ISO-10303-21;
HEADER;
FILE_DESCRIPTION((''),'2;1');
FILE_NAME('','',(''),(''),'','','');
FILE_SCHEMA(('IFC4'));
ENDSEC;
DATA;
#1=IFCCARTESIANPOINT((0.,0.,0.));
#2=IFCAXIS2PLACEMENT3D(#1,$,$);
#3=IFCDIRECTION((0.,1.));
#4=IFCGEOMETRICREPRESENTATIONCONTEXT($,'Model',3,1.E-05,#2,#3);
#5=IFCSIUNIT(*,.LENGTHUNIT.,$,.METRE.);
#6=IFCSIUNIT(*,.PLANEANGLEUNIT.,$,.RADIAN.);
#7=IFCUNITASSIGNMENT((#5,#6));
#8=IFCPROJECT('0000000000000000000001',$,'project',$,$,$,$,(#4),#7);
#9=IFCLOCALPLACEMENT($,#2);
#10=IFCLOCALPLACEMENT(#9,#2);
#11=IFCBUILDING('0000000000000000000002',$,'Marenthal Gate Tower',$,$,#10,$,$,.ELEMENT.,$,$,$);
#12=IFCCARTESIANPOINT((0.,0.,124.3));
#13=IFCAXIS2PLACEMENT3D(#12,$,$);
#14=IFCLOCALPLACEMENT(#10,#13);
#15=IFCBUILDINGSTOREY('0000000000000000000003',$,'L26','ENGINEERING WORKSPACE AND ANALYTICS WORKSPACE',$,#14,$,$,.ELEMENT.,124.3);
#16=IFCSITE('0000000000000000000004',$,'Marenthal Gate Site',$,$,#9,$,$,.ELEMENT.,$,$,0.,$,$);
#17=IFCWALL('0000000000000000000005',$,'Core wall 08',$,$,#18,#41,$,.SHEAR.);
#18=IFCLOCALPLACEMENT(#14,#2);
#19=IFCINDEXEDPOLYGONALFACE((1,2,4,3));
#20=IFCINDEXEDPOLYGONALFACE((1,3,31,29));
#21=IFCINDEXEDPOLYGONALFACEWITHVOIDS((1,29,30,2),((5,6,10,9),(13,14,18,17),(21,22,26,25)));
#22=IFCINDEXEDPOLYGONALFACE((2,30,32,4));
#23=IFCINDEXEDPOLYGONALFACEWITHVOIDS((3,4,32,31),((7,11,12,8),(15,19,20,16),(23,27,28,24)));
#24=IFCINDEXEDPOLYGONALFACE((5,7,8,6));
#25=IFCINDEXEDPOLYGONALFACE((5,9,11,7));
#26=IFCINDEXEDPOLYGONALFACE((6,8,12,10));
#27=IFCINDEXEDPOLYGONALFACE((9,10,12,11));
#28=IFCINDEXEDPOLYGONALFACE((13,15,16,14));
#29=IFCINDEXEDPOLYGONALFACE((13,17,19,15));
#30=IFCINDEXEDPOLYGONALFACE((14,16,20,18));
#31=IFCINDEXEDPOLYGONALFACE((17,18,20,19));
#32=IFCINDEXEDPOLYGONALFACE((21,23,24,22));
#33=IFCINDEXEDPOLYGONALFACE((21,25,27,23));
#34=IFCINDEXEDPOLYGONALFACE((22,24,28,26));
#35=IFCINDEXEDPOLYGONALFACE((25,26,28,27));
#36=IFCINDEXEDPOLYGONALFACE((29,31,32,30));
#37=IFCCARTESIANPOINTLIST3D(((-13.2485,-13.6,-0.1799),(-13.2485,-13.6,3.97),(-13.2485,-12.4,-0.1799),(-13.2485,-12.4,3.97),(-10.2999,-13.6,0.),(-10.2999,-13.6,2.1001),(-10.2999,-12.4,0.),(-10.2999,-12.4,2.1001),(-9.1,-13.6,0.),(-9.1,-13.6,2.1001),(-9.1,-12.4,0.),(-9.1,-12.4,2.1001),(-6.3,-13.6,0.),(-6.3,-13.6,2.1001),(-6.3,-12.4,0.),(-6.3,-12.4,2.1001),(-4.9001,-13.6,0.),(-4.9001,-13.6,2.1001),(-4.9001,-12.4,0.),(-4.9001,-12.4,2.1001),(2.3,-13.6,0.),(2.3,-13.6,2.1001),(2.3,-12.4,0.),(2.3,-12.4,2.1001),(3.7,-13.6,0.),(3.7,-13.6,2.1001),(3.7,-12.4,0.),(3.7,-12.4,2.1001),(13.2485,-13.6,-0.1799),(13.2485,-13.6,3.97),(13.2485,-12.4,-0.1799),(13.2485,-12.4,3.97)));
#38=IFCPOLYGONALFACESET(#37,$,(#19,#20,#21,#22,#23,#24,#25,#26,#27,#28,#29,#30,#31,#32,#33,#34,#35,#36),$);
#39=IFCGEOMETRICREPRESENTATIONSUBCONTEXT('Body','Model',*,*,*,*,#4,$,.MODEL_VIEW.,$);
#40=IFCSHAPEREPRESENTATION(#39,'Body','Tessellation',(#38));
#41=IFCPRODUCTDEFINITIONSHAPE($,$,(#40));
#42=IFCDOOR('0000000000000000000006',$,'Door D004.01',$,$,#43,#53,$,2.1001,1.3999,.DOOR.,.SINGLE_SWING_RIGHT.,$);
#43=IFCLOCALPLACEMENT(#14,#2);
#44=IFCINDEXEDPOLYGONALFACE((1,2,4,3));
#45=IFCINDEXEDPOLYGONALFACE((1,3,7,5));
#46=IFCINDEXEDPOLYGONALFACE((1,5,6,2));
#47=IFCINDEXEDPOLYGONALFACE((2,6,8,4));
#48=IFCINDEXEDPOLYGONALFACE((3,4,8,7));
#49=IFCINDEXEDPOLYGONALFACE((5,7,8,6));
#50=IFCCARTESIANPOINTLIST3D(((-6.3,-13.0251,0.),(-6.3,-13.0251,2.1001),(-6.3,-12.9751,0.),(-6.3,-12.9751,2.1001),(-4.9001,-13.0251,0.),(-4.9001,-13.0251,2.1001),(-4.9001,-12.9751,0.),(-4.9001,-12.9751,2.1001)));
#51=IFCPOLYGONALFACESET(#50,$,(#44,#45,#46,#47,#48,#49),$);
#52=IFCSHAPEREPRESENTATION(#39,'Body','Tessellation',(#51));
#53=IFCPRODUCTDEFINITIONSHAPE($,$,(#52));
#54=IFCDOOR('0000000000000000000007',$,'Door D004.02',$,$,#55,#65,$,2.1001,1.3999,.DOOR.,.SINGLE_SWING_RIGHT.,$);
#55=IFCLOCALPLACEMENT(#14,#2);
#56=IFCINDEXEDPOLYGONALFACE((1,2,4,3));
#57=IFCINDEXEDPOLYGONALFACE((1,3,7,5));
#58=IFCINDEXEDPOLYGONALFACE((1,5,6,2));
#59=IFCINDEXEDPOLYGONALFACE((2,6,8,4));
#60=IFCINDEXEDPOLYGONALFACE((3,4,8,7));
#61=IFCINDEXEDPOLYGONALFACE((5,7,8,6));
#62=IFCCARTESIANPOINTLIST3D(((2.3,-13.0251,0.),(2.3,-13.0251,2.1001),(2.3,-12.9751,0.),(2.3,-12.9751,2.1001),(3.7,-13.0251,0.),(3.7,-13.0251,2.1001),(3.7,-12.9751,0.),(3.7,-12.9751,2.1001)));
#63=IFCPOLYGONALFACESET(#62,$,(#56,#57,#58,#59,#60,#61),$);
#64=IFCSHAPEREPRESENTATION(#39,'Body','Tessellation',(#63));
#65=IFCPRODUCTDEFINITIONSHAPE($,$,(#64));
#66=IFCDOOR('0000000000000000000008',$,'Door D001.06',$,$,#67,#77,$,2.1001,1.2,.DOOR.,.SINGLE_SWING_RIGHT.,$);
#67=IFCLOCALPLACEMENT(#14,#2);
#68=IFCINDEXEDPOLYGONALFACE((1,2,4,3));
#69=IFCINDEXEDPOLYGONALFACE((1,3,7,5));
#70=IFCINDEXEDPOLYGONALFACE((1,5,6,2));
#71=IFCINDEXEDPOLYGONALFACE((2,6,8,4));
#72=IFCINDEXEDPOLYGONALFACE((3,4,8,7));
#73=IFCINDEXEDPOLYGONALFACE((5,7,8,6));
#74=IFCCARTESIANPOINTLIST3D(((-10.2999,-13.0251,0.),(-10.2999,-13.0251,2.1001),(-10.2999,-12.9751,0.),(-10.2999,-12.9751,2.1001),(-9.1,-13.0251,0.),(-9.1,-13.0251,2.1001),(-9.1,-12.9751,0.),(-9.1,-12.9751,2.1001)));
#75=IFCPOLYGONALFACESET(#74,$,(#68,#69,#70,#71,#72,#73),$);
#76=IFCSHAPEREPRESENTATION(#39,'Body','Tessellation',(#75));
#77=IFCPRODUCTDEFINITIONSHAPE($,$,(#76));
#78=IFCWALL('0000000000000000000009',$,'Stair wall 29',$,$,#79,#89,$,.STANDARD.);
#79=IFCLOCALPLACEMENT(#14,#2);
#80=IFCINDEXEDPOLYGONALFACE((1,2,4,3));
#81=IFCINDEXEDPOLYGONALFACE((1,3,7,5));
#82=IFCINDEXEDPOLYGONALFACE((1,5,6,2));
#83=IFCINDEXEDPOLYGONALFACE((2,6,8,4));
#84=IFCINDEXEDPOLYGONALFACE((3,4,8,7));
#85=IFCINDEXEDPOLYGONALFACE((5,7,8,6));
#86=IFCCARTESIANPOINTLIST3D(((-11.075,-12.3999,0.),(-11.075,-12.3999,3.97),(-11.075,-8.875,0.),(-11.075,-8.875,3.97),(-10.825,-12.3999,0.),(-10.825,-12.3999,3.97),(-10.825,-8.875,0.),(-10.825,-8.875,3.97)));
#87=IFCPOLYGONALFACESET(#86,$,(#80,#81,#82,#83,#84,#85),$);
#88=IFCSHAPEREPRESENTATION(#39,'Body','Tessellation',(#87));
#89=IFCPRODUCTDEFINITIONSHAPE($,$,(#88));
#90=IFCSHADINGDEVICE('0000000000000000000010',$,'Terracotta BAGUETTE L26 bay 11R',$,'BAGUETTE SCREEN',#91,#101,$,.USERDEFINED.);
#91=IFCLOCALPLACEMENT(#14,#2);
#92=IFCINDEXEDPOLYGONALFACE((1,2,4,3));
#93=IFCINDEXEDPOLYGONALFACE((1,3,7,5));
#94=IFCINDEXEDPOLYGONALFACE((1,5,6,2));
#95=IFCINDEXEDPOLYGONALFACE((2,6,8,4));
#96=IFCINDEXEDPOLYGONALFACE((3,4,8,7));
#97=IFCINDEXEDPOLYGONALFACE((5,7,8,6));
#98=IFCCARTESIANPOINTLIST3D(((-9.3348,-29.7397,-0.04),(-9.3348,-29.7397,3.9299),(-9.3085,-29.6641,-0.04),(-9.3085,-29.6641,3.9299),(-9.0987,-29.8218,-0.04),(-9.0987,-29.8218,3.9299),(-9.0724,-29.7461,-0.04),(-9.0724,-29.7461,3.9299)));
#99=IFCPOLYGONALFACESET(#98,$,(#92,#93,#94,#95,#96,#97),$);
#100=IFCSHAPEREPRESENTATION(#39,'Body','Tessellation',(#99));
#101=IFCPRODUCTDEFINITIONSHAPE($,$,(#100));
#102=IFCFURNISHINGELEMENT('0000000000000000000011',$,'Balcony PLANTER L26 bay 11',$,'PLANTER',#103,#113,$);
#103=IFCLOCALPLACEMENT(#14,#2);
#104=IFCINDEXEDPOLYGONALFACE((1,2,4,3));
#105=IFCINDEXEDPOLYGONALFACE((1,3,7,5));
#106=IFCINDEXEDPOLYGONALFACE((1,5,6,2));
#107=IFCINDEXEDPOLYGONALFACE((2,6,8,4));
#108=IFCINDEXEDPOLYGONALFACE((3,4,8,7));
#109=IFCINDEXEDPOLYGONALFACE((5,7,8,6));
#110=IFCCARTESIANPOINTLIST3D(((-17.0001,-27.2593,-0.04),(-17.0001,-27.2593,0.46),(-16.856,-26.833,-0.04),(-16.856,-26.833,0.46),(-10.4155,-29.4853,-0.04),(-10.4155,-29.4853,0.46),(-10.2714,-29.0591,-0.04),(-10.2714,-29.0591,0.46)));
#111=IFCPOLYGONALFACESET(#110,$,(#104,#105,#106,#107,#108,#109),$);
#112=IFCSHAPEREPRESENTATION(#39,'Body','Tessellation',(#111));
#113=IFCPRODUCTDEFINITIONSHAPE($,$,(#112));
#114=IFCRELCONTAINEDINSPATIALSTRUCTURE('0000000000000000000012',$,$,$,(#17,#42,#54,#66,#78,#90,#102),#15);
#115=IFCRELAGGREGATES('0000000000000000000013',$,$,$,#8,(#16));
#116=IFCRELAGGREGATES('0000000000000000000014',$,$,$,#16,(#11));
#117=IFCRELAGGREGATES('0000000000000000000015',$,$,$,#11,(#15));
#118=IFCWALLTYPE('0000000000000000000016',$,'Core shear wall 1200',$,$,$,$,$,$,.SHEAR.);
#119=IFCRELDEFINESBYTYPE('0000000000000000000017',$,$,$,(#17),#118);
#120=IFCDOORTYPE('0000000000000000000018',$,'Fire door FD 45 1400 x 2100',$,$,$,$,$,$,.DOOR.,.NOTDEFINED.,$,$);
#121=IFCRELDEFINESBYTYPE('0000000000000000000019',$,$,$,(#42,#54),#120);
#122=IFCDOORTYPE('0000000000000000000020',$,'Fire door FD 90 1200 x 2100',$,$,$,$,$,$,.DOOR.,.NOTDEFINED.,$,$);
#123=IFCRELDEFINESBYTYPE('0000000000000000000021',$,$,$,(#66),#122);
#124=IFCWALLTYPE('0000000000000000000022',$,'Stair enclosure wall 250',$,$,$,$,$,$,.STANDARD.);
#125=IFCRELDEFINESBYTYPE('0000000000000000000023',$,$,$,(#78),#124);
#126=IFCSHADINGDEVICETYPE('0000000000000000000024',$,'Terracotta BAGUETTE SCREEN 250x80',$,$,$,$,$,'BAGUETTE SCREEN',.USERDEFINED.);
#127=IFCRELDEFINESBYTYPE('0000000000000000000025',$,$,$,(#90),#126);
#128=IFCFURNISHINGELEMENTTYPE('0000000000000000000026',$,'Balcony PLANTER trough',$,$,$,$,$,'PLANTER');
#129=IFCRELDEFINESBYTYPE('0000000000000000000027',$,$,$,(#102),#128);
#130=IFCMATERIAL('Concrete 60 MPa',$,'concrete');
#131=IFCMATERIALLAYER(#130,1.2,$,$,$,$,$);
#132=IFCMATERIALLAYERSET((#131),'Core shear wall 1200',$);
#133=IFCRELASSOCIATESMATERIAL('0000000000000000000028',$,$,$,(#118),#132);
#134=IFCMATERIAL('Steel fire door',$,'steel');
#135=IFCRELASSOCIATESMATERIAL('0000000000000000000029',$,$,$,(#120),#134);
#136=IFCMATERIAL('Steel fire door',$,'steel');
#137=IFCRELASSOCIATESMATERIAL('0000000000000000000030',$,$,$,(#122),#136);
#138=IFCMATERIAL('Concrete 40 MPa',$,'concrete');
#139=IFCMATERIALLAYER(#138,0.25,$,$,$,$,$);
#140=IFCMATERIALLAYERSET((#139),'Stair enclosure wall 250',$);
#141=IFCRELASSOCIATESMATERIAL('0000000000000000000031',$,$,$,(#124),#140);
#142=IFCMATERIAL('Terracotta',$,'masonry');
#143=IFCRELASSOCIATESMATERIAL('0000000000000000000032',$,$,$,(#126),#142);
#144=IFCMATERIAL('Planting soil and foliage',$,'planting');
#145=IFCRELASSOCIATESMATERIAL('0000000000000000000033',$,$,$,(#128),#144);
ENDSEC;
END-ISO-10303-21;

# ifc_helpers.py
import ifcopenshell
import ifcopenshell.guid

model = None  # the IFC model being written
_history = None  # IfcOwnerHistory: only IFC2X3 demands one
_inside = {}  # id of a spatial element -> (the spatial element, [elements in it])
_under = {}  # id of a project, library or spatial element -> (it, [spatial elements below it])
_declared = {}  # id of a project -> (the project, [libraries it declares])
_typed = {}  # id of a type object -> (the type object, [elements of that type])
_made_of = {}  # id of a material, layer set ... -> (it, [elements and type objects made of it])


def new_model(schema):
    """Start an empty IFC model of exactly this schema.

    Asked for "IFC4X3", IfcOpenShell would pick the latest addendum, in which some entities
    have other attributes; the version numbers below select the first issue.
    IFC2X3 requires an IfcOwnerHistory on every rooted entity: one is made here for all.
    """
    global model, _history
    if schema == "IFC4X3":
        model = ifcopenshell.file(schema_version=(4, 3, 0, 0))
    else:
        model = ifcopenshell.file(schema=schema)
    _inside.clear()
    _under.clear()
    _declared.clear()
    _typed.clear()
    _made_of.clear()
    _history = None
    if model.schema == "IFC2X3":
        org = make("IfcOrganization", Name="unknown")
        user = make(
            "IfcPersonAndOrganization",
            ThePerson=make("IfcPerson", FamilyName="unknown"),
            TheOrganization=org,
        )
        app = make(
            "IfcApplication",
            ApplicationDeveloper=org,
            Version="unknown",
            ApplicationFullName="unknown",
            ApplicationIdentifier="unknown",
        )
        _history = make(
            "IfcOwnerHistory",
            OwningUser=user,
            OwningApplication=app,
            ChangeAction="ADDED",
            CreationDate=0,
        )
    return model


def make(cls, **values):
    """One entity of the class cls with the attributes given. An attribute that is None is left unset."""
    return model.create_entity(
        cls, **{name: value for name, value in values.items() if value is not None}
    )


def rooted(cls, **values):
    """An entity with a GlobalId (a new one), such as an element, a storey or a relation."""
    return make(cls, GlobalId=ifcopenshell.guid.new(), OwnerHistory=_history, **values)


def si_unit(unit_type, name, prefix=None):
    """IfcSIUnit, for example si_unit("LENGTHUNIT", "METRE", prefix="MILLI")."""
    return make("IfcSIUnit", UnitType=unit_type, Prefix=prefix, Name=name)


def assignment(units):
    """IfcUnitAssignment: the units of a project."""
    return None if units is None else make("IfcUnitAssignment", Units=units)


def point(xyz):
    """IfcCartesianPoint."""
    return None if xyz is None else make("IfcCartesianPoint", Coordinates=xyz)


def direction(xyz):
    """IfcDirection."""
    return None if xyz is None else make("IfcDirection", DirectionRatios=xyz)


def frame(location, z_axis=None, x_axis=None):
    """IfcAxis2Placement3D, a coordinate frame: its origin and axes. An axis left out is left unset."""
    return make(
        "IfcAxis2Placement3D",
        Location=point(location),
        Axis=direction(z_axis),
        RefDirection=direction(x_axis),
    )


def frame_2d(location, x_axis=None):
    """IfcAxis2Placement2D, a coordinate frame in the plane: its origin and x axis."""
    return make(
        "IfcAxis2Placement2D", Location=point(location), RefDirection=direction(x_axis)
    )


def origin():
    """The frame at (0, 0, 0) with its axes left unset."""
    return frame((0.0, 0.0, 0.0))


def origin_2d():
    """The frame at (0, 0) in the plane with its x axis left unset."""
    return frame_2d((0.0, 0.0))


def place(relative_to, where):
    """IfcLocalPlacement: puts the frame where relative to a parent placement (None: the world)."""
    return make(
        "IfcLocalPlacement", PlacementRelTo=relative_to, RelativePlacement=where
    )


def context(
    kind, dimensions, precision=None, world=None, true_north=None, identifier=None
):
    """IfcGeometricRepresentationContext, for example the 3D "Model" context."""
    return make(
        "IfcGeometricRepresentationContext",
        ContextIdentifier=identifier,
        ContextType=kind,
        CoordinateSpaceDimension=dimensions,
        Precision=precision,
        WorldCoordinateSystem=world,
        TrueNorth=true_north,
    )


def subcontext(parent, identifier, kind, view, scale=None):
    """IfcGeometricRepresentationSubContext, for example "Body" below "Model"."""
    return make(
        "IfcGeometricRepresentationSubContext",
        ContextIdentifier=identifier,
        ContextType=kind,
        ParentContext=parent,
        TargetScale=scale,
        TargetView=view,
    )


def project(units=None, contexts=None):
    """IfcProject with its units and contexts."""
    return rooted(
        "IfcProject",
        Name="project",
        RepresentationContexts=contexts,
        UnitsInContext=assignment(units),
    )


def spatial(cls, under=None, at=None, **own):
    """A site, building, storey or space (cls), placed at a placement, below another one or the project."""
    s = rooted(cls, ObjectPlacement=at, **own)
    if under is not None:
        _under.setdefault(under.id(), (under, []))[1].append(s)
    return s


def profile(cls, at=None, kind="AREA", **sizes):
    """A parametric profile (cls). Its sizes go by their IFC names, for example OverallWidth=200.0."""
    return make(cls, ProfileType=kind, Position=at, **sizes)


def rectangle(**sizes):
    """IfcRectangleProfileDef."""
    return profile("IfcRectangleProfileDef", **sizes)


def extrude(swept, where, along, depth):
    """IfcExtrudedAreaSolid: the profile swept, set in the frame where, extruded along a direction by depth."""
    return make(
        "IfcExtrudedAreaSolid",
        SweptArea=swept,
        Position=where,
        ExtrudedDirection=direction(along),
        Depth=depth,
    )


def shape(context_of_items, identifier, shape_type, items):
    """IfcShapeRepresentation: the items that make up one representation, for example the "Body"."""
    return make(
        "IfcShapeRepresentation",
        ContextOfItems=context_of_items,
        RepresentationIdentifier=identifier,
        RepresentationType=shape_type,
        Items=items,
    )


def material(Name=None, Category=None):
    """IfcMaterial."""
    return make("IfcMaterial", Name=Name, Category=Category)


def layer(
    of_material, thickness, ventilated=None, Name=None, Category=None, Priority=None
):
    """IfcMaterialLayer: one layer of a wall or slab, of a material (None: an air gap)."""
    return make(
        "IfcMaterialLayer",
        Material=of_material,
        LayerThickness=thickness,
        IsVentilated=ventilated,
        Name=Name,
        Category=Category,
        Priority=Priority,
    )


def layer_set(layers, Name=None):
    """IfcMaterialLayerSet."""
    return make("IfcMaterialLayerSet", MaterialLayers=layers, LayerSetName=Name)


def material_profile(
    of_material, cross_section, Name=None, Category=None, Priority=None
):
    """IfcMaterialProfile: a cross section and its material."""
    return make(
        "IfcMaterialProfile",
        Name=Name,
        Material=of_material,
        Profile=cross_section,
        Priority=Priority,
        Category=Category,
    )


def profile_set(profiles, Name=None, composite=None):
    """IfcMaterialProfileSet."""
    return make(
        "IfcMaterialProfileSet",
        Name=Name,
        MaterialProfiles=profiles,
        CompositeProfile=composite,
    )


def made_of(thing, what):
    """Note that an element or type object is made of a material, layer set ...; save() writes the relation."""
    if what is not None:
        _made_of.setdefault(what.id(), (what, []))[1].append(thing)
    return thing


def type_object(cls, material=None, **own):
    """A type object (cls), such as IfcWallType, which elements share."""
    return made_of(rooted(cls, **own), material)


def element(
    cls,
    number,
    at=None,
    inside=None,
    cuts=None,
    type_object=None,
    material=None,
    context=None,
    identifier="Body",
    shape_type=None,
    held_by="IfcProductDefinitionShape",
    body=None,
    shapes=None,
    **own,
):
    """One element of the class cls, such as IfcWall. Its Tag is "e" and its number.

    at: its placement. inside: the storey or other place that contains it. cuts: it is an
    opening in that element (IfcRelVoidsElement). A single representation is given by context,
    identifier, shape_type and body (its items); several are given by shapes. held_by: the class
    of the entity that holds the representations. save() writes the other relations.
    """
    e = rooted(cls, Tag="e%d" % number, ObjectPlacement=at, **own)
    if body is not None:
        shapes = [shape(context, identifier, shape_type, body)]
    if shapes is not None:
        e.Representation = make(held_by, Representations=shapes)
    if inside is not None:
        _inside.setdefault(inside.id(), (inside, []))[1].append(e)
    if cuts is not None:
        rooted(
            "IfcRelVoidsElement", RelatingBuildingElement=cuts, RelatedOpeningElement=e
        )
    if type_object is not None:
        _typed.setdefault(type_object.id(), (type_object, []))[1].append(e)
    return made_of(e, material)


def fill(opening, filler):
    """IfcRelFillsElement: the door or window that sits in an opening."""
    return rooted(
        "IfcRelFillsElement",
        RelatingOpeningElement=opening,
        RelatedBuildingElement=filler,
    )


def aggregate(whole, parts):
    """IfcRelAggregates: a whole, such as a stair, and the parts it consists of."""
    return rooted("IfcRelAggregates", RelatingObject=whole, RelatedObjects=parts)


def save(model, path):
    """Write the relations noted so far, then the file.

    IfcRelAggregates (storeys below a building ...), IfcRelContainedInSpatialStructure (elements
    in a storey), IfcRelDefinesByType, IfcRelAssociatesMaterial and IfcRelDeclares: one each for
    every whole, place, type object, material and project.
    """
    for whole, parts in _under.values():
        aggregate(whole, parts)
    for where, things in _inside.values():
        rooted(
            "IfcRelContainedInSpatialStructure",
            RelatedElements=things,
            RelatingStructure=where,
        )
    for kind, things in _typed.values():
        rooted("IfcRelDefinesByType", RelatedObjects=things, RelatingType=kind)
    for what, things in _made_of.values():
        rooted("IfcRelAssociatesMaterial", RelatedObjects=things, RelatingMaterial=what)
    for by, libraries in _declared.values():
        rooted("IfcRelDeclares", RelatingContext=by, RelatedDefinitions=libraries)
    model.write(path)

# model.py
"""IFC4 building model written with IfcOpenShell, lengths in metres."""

from ifc_helpers import new_model, si_unit, direction, frame, frame_2d, origin, origin_2d, place, context, subcontext, project, spatial, rectangle, extrude, material, layer, layer_set, material_profile, profile_set, type_object, element, fill, save


model = new_model("IFC4")

# Units and contexts
model_context = context("Model", 3, precision=1e-05, world=origin(), true_north=direction((0.0, 1.0)))
body_context = subcontext(model_context, "Body", "Model", "MODEL_VIEW")
ifc_project = project(units=[si_unit("LENGTHUNIT", "METRE"), si_unit("PLANEANGLEUNIT", "RADIAN")], contexts=[model_context])

# Site, building, storey
site_placement = place(None, origin())
site = spatial("IfcSite", under=ifc_project, at=site_placement, Name="Marenthal Gate Site", CompositionType="ELEMENT", RefElevation=0.0)
building_placement = place(site_placement, origin())
building = spatial("IfcBuilding", under=site, at=building_placement, Name="Marenthal Gate Tower", CompositionType="ELEMENT")
storey_placement = place(building_placement, frame((0.0, 0.0, 124.3)))
storey = spatial("IfcBuildingStorey", under=building, at=storey_placement, Name="L26", Description="ENGINEERING WORKSPACE AND ANALYTICS WORKSPACE", CompositionType="ELEMENT", Elevation=124.3)

# Wall, openings, doors
ifc_material_1 = material(Name="Concrete 60 MPa", Category="concrete")
ifc_layer_1 = layer(ifc_material_1, 1.2)
ifc_layer_set_1 = layer_set([ifc_layer_1], Name="Core shear wall 1200")
wall_type_1 = type_object("IfcWallType", Name="Core shear wall 1200", PredefinedType="SHEAR", material=ifc_layer_set_1)
wall_1_placement = place(storey_placement, frame((-13.2485, -13.0, -0.1799), z_axis=(0.0, 0.0, 1.0), x_axis=(1.0, 0.0, 0.0)))
wall_1 = element("IfcWall", 1, at=wall_1_placement, inside=storey, type_object=wall_type_1, Name="Core wall 08", PredefinedType="SHEAR", context=body_context, shape_type="SweptSolid", body=[
    extrude(rectangle(XDim=26.4971, YDim=1.2, at=frame_2d((13.2485, 0.0))), origin(), (0.0, 0.0, 1.0), 4.1499),
])
opening_1_placement = place(wall_1_placement, frame((2.9485, 0.0, 0.1799)))
opening_1 = element("IfcOpeningElement", 2, at=opening_1_placement, cuts=wall_1, PredefinedType="OPENING", context=body_context, shape_type="SweptSolid", body=[
    extrude(rectangle(XDim=1.2, YDim=2.1001, at=frame_2d((0.6001, 1.05))), frame((0.0, 0.6099, 0.0), z_axis=(0.0, -1.0, 0.0), x_axis=(1.0, 0.0, 0.0)), (0.0, 0.0, 1.0), 1.22),
])
opening_2_placement = place(wall_1_placement, frame((6.9485, 0.0, 0.1799)))
opening_2 = element("IfcOpeningElement", 3, at=opening_2_placement, cuts=wall_1, PredefinedType="OPENING", context=body_context, shape_type="SweptSolid", body=[
    extrude(rectangle(XDim=1.3999, YDim=2.1001, at=frame_2d((0.7, 1.05))), frame((0.0, 0.6099, 0.0), z_axis=(0.0, -1.0, 0.0), x_axis=(1.0, 0.0, 0.0)), (0.0, 0.0, 1.0), 1.22),
])
opening_3_placement = place(wall_1_placement, frame((15.5486, 0.0, 0.1799)))
opening_3 = element("IfcOpeningElement", 4, at=opening_3_placement, cuts=wall_1, PredefinedType="OPENING", context=body_context, shape_type="SweptSolid", body=[
    extrude(rectangle(XDim=1.3999, YDim=2.1001, at=frame_2d((0.7, 1.05))), frame((0.0, 0.6099, 0.0), z_axis=(0.0, -1.0, 0.0), x_axis=(1.0, 0.0, 0.0)), (0.0, 0.0, 1.0), 1.22),
])
ifc_material_2 = material(Name="Steel fire door", Category="steel")
door_type_1 = type_object("IfcDoorType", Name="Fire door FD 45 1400 x 2100", OperationType="NOTDEFINED", PredefinedType="DOOR", material=ifc_material_2)
door_1_placement = place(opening_2_placement, origin())
door_1 = element("IfcDoor", 5, at=door_1_placement, inside=storey, type_object=door_type_1, Name="Door D004.01", OperationType="SINGLE_SWING_RIGHT", OverallHeight=2.1001, OverallWidth=1.3999, PredefinedType="DOOR", context=body_context, shape_type="SweptSolid", body=[
    extrude(rectangle(XDim=1.3999, YDim=2.1001, at=frame_2d((0.7, 1.05))), frame((0.0, 0.0249, 0.0), z_axis=(0.0, -1.0, 0.0), x_axis=(1.0, 0.0, 0.0)), (0.0, 0.0, 1.0), 0.05),
])
fill(opening_2, door_1)
door_2_placement = place(opening_3_placement, origin())
door_2 = element("IfcDoor", 6, at=door_2_placement, inside=storey, type_object=door_type_1, Name="Door D004.02", OperationType="SINGLE_SWING_RIGHT", OverallHeight=2.1001, OverallWidth=1.3999, PredefinedType="DOOR", context=body_context, shape_type="SweptSolid", body=[
    extrude(rectangle(XDim=1.3999, YDim=2.1001, at=frame_2d((0.7, 1.05))), frame((0.0, 0.0249, 0.0), z_axis=(0.0, -1.0, 0.0), x_axis=(1.0, 0.0, 0.0)), (0.0, 0.0, 1.0), 0.05),
])
fill(opening_3, door_2)
ifc_material_3 = material(Name="Steel fire door", Category="steel")
door_type_2 = type_object("IfcDoorType", Name="Fire door FD 90 1200 x 2100", OperationType="NOTDEFINED", PredefinedType="DOOR", material=ifc_material_3)
door_3_placement = place(opening_1_placement, origin())
door_3 = element("IfcDoor", 7, at=door_3_placement, inside=storey, type_object=door_type_2, Name="Door D001.06", OperationType="SINGLE_SWING_RIGHT", OverallHeight=2.1001, OverallWidth=1.2, PredefinedType="DOOR", context=body_context, shape_type="SweptSolid", body=[
    extrude(rectangle(XDim=1.2, YDim=2.1001, at=frame_2d((0.6001, 1.05))), frame((0.0, 0.0249, 0.0), z_axis=(0.0, -1.0, 0.0), x_axis=(1.0, 0.0, 0.0)), (0.0, 0.0, 1.0), 0.05),
])
fill(opening_1, door_3)

# Wall
ifc_material_4 = material(Name="Concrete 40 MPa", Category="concrete")
ifc_layer_2 = layer(ifc_material_4, 0.25)
ifc_layer_set_2 = layer_set([ifc_layer_2], Name="Stair enclosure wall 250")
wall_type_2 = type_object("IfcWallType", Name="Stair enclosure wall 250", PredefinedType="STANDARD", material=ifc_layer_set_2)
wall_2_placement = place(storey_placement, frame((-10.95, -12.3999, 0.0), z_axis=(0.0, 0.0, 1.0), x_axis=(0.0, 1.0, 0.0)))
element("IfcWall", 8, at=wall_2_placement, inside=storey, type_object=wall_type_2, Name="Stair wall 29", PredefinedType="STANDARD", context=body_context, shape_type="SweptSolid", body=[
    extrude(rectangle(XDim=3.5249, YDim=0.25, at=frame_2d((1.7625, 0.0))), origin(), (0.0, 0.0, 1.0), 3.97),
])

# Shading device
ifc_material_5 = material(Name="Terracotta", Category="masonry")
ifc_material_profile_1 = material_profile(ifc_material_5, rectangle(XDim=0.25, YDim=0.0801, at=origin_2d()), Name="Terracotta baguette 250x80")
ifc_profile_set_1 = profile_set([ifc_material_profile_1], Name="Terracotta")
shading_device_type = type_object("IfcShadingDeviceType", Name="Terracotta BAGUETTE SCREEN 250x80", ElementType="BAGUETTE SCREEN", PredefinedType="USERDEFINED", material=ifc_profile_set_1)
shading_device_placement = place(storey_placement, frame((-9.2036, -29.7429, -0.04), z_axis=(0.0, 0.0, 1.0), x_axis=(0.944576, -0.328292, 0.0)))
element("IfcShadingDevice", 9, at=shading_device_placement, inside=storey, type_object=shading_device_type, Name="Terracotta BAGUETTE L26 bay 11R", ObjectType="BAGUETTE SCREEN", PredefinedType="USERDEFINED", context=body_context, shape_type="SweptSolid", body=[
    extrude(rectangle(XDim=0.25, YDim=0.0801, at=origin_2d()), origin(), (0.0, 0.0, 1.0), 3.97),
])

# Furnishing element
ifc_material_6 = material(Name="Planting soil and foliage", Category="planting")
furnishing_element_type = type_object("IfcFurnishingElementType", Name="Balcony PLANTER trough", ElementType="PLANTER", material=ifc_material_6)
furnishing_placement = place(storey_placement, frame((-13.6357, -28.1592, -0.04), z_axis=(0.0, 0.0, 1.0), x_axis=(0.947329, -0.320262, 0.0)))
element("IfcFurnishingElement", 10, at=furnishing_placement, inside=storey, type_object=furnishing_element_type, Name="Balcony PLANTER L26 bay 11", ObjectType="PLANTER", context=body_context, shape_type="SweptSolid", body=[
    extrude(rectangle(XDim=6.9507, YDim=0.45, at=origin_2d()), origin(), (0.0, 0.0, 1.0), 0.5),
])

save(model, "model.ifc")
